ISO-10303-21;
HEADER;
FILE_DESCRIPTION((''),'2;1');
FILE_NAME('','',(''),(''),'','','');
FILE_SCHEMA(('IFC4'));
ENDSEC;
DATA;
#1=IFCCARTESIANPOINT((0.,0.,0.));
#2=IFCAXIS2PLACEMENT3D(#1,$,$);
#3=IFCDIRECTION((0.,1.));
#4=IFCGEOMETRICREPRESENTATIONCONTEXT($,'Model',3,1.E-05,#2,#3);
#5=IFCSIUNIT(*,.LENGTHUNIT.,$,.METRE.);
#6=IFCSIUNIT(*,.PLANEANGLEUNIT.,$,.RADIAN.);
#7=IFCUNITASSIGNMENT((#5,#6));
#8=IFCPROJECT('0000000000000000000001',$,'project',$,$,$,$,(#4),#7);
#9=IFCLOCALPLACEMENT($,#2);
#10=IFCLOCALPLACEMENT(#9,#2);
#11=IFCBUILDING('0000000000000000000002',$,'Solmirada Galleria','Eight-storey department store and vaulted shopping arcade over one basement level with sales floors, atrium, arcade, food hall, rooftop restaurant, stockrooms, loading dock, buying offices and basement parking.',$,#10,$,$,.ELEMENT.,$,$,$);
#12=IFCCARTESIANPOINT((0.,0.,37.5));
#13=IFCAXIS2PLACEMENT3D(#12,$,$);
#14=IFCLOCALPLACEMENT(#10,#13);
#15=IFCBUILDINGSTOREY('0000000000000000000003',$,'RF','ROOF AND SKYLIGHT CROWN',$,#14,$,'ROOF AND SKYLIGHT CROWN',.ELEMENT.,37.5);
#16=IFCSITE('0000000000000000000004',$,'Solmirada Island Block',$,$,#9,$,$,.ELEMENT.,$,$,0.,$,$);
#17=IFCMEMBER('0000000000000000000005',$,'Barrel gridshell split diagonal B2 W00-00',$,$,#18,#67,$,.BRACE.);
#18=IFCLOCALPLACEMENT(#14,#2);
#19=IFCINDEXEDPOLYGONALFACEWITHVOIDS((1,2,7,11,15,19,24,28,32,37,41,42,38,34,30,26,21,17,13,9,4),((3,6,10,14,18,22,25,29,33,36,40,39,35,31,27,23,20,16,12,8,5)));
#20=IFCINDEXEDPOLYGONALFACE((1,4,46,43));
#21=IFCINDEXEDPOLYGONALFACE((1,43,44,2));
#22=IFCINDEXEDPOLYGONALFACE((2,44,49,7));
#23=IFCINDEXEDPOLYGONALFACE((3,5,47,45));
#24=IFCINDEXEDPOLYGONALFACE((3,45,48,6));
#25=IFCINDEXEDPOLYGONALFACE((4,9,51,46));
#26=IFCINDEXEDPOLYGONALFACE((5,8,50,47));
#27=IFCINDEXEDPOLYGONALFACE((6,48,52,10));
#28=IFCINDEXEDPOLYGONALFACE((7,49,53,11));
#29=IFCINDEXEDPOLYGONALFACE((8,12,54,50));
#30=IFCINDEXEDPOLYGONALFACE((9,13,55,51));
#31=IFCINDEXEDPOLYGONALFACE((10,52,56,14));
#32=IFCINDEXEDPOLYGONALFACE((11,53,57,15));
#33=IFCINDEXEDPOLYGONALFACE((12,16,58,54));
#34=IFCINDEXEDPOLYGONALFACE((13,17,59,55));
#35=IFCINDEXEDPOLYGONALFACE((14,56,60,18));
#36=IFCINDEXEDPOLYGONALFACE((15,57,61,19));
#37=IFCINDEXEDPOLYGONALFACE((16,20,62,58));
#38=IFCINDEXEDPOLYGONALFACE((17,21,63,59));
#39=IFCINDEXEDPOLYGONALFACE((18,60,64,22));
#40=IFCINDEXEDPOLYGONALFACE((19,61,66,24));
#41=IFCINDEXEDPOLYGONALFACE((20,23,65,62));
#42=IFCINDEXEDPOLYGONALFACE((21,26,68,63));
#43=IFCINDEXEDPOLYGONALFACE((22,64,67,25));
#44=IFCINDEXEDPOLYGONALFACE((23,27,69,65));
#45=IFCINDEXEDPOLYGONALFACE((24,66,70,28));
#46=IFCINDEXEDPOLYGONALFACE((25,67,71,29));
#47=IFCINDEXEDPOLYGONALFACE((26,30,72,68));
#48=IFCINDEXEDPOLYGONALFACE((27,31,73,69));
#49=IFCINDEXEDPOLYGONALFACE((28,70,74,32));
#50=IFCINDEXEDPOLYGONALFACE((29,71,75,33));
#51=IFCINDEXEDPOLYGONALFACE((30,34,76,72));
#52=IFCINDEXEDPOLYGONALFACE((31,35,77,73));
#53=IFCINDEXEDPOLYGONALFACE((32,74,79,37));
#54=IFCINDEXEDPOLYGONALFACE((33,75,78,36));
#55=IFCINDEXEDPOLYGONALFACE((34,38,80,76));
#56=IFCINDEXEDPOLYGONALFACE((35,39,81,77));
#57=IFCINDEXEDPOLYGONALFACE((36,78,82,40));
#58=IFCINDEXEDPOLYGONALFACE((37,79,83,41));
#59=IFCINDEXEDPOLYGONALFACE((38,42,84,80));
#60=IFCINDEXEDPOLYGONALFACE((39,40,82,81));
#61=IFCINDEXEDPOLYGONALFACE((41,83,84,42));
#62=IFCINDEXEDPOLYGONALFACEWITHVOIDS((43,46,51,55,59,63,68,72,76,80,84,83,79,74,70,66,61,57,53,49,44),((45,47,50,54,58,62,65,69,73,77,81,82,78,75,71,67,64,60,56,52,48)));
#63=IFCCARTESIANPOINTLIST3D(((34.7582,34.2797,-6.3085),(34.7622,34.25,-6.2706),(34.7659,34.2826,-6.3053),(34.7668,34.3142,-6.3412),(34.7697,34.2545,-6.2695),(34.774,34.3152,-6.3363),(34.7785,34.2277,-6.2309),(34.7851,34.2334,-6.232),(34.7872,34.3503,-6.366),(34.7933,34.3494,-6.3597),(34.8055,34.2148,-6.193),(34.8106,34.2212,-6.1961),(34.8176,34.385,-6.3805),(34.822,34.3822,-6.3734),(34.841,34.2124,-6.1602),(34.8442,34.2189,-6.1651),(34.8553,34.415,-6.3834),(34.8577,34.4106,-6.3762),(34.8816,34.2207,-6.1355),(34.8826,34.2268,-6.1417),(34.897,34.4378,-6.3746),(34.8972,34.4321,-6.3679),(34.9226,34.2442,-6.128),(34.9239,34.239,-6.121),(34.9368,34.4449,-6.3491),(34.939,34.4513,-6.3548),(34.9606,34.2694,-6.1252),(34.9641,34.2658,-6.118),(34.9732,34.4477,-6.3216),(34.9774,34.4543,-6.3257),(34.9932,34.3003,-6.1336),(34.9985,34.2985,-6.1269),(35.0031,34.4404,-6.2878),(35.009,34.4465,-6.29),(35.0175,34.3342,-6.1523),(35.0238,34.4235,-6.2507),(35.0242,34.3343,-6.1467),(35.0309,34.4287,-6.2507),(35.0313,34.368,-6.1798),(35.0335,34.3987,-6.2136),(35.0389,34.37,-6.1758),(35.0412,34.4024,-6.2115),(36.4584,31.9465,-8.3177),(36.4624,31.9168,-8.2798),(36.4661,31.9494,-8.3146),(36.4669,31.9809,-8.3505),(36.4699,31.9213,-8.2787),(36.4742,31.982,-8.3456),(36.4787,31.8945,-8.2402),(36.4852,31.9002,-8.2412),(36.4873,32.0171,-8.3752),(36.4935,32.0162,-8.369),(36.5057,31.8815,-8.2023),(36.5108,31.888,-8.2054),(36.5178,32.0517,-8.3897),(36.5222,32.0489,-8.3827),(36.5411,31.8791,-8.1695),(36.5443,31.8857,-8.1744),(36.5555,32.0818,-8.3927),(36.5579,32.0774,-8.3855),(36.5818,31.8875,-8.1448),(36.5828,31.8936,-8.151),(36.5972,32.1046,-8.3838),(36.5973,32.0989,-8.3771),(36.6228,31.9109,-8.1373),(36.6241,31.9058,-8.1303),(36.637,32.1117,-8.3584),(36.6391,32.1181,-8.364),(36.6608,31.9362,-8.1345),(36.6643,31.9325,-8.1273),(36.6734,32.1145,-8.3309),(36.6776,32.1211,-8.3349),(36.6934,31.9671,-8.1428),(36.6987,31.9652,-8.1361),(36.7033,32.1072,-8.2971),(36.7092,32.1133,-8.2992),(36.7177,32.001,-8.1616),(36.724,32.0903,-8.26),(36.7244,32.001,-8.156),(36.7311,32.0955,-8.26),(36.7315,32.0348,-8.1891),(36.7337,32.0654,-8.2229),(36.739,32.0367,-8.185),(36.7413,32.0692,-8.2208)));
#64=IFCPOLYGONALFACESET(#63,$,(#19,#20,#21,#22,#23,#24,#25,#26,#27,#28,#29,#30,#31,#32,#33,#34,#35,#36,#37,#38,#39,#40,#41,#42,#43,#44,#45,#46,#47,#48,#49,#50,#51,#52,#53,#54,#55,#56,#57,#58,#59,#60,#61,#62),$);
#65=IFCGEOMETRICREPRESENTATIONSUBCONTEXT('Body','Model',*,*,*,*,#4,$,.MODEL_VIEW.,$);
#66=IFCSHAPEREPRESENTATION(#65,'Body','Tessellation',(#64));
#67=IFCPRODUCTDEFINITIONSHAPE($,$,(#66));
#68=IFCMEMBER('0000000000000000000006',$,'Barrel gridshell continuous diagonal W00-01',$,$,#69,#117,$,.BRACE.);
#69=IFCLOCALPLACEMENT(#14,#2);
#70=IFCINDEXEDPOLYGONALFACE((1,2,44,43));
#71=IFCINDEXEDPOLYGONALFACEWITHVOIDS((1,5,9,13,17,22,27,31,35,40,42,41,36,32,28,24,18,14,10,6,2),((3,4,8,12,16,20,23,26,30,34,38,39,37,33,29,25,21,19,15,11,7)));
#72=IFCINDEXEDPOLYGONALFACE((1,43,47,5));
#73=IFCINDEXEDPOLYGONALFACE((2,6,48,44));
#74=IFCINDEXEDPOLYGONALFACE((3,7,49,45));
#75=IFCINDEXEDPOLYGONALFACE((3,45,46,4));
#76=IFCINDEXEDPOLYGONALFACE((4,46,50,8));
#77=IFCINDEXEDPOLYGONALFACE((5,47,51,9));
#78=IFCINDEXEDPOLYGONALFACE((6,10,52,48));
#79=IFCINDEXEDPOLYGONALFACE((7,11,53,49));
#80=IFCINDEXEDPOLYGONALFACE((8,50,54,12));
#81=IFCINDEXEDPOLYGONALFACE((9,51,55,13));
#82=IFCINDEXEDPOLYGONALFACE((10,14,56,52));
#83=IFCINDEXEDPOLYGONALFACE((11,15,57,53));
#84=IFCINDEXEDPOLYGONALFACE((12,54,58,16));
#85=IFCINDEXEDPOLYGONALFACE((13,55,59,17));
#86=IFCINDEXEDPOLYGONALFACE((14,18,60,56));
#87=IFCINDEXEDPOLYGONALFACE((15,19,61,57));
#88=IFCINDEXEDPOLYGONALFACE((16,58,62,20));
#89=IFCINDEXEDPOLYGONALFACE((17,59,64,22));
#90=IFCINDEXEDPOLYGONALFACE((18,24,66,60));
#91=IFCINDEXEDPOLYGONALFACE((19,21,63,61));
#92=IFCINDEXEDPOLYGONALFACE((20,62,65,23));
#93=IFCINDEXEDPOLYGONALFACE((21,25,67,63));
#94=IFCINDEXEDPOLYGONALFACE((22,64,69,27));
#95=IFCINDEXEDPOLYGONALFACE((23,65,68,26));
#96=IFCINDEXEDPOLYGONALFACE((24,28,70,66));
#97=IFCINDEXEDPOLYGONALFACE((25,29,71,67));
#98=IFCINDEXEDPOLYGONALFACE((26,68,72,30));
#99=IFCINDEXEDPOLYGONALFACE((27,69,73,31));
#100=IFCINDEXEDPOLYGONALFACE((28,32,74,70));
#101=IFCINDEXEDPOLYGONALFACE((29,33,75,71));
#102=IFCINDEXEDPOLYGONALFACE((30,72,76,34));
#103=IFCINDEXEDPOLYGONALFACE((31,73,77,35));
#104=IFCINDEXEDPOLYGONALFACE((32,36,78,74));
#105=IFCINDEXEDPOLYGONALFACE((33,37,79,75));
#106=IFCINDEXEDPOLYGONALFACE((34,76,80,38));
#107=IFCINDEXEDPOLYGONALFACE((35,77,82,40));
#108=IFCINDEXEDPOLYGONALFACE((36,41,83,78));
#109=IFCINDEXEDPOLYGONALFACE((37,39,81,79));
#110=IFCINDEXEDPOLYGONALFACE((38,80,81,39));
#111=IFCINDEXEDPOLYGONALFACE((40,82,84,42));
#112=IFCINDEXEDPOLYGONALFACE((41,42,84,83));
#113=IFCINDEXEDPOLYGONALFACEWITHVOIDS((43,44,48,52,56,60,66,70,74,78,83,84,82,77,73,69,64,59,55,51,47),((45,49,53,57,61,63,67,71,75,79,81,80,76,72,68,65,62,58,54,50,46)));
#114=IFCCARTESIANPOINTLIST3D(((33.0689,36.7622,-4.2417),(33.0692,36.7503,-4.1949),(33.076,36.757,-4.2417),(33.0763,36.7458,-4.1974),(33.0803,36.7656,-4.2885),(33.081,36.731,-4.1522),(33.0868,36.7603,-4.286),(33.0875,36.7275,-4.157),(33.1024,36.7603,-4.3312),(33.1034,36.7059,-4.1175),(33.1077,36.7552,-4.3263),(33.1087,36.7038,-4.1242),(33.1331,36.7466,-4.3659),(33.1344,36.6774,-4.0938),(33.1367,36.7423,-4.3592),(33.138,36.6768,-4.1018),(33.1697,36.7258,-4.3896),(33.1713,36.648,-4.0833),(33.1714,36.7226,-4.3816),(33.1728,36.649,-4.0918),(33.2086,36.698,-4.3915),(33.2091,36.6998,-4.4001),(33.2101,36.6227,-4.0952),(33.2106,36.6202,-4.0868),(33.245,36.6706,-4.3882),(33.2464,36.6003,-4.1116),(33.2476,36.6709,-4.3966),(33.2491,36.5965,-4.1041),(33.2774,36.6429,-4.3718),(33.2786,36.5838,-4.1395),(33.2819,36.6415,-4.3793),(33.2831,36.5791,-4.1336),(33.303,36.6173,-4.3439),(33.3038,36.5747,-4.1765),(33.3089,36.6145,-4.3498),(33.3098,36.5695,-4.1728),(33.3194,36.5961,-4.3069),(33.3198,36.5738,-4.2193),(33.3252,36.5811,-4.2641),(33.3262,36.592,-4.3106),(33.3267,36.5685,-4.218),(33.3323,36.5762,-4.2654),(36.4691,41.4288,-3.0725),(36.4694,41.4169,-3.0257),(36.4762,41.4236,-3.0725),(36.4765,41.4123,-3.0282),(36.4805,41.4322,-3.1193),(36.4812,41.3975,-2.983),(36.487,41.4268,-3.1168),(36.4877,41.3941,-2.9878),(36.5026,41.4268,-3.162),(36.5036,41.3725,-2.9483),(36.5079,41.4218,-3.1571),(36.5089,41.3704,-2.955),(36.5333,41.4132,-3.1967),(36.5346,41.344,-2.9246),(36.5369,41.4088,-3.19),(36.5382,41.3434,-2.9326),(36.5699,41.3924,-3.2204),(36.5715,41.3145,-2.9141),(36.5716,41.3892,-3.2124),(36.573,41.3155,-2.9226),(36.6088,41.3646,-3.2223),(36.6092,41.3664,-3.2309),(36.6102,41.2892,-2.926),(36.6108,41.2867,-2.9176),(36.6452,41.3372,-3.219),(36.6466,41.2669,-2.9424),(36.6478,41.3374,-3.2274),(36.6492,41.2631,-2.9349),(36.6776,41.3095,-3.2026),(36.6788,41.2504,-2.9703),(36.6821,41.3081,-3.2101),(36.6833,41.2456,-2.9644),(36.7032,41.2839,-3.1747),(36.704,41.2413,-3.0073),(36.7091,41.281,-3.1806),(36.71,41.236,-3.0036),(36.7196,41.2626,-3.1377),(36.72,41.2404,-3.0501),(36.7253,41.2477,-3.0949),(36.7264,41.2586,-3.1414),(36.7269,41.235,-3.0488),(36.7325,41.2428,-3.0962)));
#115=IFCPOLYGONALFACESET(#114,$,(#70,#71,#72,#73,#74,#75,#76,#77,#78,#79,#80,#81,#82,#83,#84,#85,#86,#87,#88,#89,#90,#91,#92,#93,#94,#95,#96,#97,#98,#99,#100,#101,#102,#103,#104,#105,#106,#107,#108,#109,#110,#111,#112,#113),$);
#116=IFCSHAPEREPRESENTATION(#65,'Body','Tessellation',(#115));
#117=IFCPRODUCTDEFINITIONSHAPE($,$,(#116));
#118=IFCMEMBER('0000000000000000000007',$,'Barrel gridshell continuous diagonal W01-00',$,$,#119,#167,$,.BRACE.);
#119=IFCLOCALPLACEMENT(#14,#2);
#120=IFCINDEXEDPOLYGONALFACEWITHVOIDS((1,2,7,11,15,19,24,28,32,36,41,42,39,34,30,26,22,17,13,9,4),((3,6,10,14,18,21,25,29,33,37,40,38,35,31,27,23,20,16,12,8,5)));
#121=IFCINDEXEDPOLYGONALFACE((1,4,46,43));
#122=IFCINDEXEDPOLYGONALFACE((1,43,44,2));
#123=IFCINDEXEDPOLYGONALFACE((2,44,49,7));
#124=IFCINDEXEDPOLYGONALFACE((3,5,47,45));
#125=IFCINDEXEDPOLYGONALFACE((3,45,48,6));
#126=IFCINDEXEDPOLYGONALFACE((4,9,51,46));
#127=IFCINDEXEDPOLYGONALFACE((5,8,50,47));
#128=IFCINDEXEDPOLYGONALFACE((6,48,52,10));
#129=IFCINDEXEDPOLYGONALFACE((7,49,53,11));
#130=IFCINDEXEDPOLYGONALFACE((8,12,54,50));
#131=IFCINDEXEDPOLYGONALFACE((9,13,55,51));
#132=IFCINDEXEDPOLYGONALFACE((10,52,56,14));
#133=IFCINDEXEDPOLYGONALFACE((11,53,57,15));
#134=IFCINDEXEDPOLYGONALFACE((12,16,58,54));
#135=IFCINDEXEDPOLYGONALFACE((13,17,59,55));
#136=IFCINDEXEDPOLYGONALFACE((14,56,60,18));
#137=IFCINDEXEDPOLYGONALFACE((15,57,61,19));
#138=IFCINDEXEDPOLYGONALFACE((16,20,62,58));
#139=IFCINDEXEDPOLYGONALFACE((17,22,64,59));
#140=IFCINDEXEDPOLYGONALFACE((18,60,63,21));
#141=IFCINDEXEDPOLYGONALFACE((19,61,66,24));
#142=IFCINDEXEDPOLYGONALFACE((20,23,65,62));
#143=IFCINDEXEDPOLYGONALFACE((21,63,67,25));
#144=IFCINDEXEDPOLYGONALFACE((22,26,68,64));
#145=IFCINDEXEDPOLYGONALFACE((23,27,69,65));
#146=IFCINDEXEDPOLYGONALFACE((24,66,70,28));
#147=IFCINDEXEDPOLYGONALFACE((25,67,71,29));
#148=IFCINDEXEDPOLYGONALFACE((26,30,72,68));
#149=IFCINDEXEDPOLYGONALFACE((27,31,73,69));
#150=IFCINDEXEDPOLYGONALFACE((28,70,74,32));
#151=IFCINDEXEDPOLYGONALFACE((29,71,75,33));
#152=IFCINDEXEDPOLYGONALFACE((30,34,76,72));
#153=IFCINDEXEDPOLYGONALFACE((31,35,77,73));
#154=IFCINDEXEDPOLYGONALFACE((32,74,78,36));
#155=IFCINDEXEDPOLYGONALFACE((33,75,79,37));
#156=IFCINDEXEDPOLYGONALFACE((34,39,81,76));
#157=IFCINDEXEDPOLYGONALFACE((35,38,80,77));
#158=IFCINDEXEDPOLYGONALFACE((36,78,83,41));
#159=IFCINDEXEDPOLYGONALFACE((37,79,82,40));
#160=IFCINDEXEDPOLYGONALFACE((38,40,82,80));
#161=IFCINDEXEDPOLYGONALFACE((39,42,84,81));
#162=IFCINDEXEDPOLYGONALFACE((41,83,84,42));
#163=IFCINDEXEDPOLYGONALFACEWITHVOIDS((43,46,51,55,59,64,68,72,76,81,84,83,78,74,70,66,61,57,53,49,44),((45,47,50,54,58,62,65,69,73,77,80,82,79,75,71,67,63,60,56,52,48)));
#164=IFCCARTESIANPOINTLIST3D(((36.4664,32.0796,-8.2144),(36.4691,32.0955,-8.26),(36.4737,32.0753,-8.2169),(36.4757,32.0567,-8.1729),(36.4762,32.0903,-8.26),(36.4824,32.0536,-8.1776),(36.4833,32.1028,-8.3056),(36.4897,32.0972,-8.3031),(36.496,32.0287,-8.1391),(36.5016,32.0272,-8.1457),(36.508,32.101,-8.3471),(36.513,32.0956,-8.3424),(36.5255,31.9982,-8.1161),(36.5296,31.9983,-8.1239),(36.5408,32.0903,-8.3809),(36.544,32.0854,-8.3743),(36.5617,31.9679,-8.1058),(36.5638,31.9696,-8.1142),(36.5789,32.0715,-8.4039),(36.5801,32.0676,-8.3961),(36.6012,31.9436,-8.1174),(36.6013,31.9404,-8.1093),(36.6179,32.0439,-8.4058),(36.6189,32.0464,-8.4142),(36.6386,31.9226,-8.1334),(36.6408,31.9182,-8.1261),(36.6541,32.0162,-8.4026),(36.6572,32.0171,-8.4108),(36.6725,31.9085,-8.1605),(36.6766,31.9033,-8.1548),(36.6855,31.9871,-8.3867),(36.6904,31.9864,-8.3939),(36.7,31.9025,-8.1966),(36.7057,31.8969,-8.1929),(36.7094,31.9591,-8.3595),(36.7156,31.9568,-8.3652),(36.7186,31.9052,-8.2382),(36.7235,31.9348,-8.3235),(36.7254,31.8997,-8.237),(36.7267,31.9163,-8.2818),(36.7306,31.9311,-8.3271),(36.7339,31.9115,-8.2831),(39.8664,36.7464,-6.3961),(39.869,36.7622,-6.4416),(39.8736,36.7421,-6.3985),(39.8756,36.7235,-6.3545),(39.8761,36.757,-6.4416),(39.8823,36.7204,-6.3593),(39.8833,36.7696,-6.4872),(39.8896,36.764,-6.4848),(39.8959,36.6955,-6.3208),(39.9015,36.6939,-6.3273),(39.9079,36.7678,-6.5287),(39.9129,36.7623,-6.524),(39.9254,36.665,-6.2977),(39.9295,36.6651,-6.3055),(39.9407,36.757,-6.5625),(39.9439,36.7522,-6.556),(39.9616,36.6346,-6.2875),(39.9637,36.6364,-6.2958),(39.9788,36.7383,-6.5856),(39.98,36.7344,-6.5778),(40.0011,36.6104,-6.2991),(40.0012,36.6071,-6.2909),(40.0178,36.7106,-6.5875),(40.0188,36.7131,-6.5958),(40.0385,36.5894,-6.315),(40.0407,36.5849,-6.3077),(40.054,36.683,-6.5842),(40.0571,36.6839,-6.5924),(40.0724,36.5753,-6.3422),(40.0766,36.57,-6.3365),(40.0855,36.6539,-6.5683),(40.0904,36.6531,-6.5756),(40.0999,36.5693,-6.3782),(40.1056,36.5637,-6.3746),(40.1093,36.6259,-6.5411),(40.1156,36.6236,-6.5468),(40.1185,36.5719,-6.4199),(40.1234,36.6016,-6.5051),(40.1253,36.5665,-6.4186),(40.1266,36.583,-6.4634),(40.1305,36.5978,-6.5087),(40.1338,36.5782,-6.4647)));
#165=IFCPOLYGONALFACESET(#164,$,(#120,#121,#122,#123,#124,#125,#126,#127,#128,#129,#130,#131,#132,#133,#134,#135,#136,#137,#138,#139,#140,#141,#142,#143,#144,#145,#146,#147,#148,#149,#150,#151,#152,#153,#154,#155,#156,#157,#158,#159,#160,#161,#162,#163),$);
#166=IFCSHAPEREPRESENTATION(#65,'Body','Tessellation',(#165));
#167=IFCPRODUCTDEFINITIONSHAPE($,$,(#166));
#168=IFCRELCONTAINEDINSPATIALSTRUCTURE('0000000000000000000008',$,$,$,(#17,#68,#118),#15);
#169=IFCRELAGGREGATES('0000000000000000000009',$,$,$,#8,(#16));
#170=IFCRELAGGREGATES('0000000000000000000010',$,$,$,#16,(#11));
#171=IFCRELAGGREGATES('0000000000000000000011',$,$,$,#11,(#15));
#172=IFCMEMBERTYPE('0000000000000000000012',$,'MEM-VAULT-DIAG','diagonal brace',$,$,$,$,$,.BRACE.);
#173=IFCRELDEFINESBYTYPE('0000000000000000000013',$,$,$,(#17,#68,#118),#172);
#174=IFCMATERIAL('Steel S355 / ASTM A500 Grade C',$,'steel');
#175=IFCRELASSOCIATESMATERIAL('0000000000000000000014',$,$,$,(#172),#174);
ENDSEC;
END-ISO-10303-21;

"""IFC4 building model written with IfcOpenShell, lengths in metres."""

from ifc_helpers import new_model, si_unit, direction, frame, origin, origin_2d, place, context, subcontext, project, spatial, hollow_circle, extrude, material, material_profile, profile_set, type_object, element, save


model = new_model("IFC4")

# Units and contexts
model_context = context("Model", 3, precision=1e-05, world=origin(), true_north=direction((0.0, 1.0)))
body_context = subcontext(model_context, "Body", "Model", "MODEL_VIEW")
ifc_project = project(units=[si_unit("LENGTHUNIT", "METRE"), si_unit("PLANEANGLEUNIT", "RADIAN")], contexts=[model_context])

# Site, building, storey
site_placement = place(None, origin())
site = spatial("IfcSite", under=ifc_project, at=site_placement, Name="Solmirada Island Block", CompositionType="ELEMENT", RefElevation=0.0)
building_placement = place(site_placement, origin())
building = spatial("IfcBuilding", under=site, at=building_placement, Name="Solmirada Galleria", Description="Eight-storey department store and vaulted shopping arcade over one basement level with sales floors, atrium, arcade, food hall, rooftop restaurant, stockrooms, loading dock, buying offices and basement parking.", CompositionType="ELEMENT")
storey_placement = place(building_placement, frame((0.0, 0.0, 37.5)))
storey = spatial("IfcBuildingStorey", under=building, at=storey_placement, Name="RF", Description="ROOF AND SKYLIGHT CROWN", LongName="ROOF AND SKYLIGHT CROWN", CompositionType="ELEMENT", Elevation=37.5)

# Members
ifc_material_1 = material(Name="Steel S355 / ASTM A500 Grade C", Category="steel")
ifc_material_profile_1 = material_profile(ifc_material_1, hollow_circle(Radius=0.1621, WallThickness=0.0088, at=origin_2d()), Name="HSS12.750X0.375")
ifc_profile_set_1 = profile_set([ifc_material_profile_1], Name="Steel S355 / ASTM A500 Grade C")
member_type_1 = type_object("IfcMemberType", Name="MEM-VAULT-DIAG", Description="diagonal brace", PredefinedType="BRACE", material=ifc_profile_set_1)
for number, where, z_axis, x_axis, name in (
    (1, (34.8999, 34.3333, -6.2507), (0.483371, -0.66335, -0.571243), (0.808195, 0.588916, 0.0), "Barrel gridshell split diagonal B2 W00-00"),
):
    element("IfcMember", number, at=place(storey_placement, frame(where, z_axis=z_axis, x_axis=x_axis)), inside=storey, type_object=member_type_1, Name=name, PredefinedType="BRACE", context=body_context, shape_type="SweptSolid", body=[
        extrude(hollow_circle(Radius=0.1621, WallThickness=0.0088, at=origin_2d()), origin(), (0.0, 0.0, 1.0), 3.5173),
    ])
member_1_placement = place(storey_placement, frame((33.2, 36.6667, -4.2417), z_axis=(0.577173, 0.792137, 0.198469), x_axis=(-0.808215, 0.588888, 0.0)))
element("IfcMember", 2, at=member_1_placement, inside=storey, type_object=member_type_1, Name="Barrel gridshell continuous diagonal W00-01", PredefinedType="BRACE", context=body_context, shape_type="SweptSolid", body=[
    extrude(hollow_circle(Radius=0.1621, WallThickness=0.0088, at=origin_2d()), origin(), (0.0, 0.0, 1.0), 5.8911),
])
member_2_placement = place(storey_placement, frame((36.6001, 32.0, -8.26), z_axis=(0.561647, 0.770923, 0.300384), x_axis=(-0.808249, 0.58884, 0.0)))
element("IfcMember", 3, at=member_2_placement, inside=storey, type_object=member_type_1, Name="Barrel gridshell continuous diagonal W01-00", PredefinedType="BRACE", context=body_context, shape_type="SweptSolid", body=[
    extrude(hollow_circle(Radius=0.1621, WallThickness=0.0088, at=origin_2d()), origin(), (0.0, 0.0, 1.0), 6.0535),
])

save(model, "model.ifc")
